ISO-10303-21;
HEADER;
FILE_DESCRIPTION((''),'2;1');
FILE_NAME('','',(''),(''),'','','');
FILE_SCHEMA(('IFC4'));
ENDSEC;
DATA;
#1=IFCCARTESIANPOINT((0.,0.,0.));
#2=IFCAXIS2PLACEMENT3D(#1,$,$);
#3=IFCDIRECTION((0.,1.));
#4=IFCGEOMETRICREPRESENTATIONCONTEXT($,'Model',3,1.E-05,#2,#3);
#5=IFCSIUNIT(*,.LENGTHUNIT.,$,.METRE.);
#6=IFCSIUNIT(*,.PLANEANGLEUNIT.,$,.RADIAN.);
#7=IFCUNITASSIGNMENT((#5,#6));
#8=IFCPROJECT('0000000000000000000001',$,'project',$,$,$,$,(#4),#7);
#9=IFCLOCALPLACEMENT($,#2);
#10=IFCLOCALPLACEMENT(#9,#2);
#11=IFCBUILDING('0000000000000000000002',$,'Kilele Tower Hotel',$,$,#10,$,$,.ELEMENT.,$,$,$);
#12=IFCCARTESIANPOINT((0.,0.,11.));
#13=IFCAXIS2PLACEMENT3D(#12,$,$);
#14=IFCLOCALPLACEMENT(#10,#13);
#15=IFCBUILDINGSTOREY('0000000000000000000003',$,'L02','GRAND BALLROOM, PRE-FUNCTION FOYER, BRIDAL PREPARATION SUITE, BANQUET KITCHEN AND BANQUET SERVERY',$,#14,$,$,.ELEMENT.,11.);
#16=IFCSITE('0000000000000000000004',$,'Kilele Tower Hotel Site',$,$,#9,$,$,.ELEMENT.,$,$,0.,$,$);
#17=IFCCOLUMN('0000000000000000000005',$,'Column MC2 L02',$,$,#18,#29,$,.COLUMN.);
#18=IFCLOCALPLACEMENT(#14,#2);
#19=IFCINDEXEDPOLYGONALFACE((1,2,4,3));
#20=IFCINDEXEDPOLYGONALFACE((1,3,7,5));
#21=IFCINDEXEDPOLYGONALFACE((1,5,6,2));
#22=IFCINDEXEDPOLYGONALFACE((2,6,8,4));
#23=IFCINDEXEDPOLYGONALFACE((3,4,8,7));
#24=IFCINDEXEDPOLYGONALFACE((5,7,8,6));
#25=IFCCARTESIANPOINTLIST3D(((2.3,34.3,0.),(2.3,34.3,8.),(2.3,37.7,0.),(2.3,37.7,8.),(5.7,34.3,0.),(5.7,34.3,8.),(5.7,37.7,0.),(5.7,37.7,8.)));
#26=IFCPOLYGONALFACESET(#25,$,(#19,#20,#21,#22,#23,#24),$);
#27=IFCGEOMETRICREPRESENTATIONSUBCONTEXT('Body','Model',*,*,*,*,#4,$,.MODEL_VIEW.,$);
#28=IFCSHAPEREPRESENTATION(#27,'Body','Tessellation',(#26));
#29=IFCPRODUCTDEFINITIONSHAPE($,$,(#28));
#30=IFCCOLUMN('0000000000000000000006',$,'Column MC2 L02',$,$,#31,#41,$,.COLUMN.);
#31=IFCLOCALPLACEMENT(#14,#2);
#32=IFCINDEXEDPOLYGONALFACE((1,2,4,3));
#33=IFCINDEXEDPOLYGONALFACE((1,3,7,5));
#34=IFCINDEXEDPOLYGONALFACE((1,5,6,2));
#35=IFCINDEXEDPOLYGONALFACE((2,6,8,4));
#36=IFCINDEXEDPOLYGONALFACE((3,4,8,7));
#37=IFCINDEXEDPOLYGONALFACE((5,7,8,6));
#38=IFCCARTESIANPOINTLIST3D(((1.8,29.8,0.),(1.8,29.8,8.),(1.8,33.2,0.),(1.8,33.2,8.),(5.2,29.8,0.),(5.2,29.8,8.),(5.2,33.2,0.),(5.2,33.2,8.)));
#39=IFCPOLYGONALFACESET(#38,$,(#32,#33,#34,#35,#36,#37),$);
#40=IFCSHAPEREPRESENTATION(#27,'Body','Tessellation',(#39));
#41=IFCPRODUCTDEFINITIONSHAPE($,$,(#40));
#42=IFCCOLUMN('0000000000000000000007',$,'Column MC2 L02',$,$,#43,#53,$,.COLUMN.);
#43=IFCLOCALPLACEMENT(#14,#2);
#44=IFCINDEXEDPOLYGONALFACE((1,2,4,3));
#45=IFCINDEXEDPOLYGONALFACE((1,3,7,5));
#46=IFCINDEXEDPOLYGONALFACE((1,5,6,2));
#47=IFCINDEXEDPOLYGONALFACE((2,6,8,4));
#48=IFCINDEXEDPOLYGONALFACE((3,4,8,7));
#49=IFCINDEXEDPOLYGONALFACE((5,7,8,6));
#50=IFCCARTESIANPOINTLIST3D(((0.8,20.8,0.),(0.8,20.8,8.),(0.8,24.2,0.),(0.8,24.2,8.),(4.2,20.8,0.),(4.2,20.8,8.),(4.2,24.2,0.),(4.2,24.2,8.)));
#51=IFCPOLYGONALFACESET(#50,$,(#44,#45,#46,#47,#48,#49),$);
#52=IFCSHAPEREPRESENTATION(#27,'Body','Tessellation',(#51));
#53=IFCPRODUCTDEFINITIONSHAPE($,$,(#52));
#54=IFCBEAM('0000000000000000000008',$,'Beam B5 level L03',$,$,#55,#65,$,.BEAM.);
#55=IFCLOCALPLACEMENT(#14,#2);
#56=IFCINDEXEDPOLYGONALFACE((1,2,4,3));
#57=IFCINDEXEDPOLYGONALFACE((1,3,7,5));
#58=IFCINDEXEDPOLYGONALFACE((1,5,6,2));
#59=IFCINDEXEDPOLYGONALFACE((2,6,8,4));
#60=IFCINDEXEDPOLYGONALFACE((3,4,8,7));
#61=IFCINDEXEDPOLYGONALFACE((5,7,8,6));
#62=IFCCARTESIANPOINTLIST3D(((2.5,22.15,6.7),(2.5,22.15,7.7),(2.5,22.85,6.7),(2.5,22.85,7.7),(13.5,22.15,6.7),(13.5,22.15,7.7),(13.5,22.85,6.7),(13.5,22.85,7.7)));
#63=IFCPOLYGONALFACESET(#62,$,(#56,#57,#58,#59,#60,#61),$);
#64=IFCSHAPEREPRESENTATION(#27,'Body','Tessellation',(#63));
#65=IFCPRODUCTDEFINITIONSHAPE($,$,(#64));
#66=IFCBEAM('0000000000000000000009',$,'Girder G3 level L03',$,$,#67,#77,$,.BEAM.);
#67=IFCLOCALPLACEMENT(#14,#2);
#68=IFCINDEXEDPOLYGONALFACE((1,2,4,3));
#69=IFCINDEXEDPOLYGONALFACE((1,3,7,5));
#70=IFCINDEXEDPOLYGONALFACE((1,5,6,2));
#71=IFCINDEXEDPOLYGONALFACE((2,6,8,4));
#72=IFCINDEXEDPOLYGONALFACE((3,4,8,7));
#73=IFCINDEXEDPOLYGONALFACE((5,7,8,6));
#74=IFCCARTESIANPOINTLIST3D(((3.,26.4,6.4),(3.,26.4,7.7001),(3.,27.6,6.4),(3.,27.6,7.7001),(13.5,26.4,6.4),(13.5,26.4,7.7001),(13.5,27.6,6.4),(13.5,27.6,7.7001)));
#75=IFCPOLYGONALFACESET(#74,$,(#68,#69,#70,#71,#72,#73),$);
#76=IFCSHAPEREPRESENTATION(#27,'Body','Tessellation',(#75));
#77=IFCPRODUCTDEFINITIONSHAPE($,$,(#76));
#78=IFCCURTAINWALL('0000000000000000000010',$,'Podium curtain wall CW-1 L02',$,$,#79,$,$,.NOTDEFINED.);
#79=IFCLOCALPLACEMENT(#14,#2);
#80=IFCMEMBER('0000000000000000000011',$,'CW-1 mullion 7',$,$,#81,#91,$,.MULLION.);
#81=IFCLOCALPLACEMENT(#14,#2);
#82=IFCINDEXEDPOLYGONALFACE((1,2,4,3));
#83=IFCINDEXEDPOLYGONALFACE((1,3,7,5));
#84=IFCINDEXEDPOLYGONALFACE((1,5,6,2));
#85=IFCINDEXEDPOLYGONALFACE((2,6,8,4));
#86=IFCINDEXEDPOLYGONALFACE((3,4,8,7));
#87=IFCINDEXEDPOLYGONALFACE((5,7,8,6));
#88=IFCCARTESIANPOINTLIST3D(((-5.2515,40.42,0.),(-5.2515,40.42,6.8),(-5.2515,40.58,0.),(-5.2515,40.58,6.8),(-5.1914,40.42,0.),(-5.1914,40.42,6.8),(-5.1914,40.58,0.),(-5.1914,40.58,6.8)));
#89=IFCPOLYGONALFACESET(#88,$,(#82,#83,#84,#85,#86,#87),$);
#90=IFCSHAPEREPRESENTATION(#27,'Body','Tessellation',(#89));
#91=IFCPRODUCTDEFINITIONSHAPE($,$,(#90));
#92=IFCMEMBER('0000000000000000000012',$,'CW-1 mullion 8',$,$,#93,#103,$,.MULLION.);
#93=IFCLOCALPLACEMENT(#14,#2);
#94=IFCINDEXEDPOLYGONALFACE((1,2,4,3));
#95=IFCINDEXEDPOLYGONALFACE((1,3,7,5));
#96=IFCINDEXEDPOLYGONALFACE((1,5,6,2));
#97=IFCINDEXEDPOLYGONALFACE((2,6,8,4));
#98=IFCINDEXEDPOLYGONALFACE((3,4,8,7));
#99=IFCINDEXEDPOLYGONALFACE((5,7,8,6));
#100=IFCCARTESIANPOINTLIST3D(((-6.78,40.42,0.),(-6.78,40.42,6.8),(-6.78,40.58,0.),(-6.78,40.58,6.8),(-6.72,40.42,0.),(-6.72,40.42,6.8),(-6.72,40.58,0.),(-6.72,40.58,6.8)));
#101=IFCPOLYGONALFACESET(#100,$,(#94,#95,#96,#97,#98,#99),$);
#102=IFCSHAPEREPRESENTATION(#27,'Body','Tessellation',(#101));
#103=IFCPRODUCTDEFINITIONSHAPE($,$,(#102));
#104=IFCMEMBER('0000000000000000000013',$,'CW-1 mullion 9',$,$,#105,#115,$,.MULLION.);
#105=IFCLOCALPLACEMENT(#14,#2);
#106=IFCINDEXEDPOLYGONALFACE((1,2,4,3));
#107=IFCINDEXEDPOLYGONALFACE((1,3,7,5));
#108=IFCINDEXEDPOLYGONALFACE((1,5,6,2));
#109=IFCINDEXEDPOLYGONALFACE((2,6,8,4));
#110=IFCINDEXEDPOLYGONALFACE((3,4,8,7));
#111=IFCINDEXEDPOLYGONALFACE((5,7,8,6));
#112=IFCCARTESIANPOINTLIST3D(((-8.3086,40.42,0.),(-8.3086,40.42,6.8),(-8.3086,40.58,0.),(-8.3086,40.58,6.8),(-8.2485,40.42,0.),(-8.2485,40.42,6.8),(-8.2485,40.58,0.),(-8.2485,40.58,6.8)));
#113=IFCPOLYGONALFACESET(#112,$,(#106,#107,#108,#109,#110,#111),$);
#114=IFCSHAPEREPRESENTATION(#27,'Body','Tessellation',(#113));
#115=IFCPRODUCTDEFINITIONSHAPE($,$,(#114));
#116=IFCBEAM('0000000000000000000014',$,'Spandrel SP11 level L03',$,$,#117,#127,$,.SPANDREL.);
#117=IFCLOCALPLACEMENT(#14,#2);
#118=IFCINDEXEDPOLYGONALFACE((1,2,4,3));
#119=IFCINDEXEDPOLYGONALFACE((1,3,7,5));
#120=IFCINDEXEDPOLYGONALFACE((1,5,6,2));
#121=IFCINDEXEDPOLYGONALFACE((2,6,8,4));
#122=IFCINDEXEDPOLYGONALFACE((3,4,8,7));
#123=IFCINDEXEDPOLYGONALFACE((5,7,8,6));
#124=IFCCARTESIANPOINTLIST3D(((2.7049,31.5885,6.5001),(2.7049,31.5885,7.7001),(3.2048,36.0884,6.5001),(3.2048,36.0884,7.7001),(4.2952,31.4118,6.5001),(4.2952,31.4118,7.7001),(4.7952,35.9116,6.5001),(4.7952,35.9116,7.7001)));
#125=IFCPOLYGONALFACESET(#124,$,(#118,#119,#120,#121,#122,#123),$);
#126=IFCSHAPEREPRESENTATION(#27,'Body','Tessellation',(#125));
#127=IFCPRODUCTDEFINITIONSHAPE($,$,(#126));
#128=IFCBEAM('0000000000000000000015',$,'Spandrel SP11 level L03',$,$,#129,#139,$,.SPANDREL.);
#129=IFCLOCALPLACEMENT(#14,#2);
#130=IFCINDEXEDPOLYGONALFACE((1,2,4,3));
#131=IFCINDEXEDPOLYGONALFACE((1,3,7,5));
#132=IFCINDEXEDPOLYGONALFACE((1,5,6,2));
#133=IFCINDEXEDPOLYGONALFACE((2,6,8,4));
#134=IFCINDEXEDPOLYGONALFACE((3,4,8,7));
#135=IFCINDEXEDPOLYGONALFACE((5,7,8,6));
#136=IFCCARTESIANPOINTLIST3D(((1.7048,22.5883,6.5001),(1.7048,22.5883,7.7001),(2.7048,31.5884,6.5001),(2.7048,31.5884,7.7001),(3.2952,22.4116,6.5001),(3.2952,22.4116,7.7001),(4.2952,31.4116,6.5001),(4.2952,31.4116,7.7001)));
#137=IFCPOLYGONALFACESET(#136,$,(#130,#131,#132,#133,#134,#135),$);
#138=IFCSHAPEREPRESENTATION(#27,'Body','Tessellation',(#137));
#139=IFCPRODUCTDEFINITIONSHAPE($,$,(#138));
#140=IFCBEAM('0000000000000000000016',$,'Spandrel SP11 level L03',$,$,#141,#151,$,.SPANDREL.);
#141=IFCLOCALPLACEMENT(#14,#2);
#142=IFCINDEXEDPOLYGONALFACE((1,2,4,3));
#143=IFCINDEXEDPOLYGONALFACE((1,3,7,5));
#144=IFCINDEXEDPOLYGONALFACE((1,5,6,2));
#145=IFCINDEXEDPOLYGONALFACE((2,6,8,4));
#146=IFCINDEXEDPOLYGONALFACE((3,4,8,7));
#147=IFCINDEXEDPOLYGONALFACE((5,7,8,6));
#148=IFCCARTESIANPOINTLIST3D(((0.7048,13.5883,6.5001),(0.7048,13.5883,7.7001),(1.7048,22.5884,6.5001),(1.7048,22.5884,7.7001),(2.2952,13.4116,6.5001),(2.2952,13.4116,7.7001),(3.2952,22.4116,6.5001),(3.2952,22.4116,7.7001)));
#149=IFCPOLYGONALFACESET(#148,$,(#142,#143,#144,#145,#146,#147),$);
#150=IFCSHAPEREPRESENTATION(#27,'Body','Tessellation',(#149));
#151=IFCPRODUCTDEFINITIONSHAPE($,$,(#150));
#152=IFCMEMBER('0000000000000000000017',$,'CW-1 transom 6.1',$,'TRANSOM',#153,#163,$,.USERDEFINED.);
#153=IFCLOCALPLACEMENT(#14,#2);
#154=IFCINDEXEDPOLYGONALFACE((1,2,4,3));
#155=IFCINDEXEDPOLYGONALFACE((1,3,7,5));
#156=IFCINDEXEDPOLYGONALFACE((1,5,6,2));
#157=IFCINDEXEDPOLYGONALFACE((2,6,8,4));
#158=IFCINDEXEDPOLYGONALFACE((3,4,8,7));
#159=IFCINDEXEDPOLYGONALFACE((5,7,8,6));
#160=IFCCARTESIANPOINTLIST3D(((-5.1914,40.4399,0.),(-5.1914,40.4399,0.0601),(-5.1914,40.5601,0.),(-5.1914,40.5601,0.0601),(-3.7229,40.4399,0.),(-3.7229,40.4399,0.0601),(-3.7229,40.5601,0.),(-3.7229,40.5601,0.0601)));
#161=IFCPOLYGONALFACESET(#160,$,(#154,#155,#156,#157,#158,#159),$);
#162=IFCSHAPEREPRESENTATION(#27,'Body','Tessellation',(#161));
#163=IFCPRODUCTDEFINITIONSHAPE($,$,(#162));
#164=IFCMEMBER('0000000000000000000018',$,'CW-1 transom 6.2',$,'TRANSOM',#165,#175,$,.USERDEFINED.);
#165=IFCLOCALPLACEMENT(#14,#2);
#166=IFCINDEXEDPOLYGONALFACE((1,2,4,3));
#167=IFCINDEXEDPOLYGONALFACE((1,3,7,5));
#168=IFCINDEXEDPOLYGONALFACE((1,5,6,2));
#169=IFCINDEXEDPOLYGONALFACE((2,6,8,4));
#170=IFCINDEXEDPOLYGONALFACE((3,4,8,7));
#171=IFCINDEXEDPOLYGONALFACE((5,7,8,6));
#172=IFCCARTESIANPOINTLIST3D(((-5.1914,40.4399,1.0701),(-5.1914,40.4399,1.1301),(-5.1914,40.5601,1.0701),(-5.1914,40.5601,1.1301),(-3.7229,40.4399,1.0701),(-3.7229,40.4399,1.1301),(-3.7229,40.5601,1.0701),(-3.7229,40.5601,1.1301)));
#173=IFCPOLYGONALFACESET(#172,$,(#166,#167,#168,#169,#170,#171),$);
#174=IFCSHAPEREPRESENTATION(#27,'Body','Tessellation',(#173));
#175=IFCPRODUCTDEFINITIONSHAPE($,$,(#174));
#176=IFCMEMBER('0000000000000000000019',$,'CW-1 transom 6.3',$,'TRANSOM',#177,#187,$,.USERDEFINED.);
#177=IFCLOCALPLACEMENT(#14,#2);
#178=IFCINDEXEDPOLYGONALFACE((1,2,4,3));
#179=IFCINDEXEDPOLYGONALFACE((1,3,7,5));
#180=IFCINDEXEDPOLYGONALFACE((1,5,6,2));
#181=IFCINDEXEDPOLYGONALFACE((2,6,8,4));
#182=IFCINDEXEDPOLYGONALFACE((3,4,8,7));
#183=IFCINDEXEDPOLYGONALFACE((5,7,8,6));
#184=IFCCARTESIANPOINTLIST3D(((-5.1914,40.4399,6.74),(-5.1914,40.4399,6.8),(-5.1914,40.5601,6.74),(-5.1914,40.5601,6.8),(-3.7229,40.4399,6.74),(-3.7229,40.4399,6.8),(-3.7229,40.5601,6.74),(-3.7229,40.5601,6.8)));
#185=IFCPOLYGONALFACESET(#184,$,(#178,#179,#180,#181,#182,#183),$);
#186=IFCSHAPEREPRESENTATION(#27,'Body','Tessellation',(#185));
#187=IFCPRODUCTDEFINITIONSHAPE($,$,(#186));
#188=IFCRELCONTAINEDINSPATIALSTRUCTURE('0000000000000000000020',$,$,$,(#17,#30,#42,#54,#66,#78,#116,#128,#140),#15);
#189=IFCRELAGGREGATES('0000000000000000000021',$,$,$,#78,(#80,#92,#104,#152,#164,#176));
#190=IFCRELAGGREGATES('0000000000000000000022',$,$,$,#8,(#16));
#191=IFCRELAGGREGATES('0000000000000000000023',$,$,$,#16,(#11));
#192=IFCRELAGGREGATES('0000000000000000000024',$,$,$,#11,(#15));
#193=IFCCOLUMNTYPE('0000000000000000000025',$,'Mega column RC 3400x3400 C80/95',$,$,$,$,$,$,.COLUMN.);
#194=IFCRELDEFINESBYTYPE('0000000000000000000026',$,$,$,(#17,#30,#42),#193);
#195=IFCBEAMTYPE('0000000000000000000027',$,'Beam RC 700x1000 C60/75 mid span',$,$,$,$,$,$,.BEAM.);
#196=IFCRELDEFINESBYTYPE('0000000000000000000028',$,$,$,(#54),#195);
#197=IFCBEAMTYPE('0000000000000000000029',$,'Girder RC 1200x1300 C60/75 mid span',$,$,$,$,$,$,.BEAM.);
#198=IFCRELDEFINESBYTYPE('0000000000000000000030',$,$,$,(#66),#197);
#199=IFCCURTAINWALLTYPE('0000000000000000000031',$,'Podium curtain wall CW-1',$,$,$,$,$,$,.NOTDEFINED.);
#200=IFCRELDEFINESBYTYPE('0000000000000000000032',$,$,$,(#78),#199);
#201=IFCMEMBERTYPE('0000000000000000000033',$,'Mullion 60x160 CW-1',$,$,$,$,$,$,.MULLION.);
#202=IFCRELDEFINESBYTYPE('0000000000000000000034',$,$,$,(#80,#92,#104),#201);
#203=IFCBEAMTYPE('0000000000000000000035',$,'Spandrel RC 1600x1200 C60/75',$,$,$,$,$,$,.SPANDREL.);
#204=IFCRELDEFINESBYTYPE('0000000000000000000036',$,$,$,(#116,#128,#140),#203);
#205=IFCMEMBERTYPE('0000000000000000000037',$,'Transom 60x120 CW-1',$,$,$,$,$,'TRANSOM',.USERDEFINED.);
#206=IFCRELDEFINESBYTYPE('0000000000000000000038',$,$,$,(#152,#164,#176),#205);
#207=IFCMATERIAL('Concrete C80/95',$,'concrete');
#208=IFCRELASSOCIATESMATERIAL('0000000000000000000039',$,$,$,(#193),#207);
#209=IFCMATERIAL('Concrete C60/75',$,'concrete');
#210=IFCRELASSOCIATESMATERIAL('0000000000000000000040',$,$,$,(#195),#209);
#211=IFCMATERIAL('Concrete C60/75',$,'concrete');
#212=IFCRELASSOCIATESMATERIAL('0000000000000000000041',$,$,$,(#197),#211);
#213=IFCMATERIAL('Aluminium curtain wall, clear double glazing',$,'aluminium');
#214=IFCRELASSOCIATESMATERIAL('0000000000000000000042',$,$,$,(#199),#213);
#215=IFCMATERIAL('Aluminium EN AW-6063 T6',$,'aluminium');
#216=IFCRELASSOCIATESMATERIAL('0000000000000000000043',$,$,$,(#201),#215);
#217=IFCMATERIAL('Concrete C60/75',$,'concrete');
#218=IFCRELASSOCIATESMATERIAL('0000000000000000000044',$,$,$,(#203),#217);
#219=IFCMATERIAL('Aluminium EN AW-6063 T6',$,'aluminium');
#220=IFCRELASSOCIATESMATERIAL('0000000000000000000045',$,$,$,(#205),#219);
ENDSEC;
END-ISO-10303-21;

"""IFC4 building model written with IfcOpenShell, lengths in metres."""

from ifc_helpers import new_model, si_unit, direction, frame, origin, origin_2d, place, context, subcontext, project, spatial, rectangle, extrude, material, material_profile, profile_set, type_object, element, aggregate, save


model = new_model("IFC4")

# Units and contexts
model_context = context("Model", 3, precision=1e-05, world=origin(), true_north=direction((0.0, 1.0)))
body_context = subcontext(model_context, "Body", "Model", "MODEL_VIEW")
ifc_project = project(units=[si_unit("LENGTHUNIT", "METRE"), si_unit("PLANEANGLEUNIT", "RADIAN")], contexts=[model_context])

# Site, building, storey
site_placement = place(None, origin())
site = spatial("IfcSite", under=ifc_project, at=site_placement, Name="Kilele Tower Hotel Site", CompositionType="ELEMENT", RefElevation=0.0)
building_placement = place(site_placement, origin())
building = spatial("IfcBuilding", under=site, at=building_placement, Name="Kilele Tower Hotel", CompositionType="ELEMENT")
storey_placement = place(building_placement, frame((0.0, 0.0, 11.0)))
storey = spatial("IfcBuildingStorey", under=building, at=storey_placement, Name="L02", Description="GRAND BALLROOM, PRE-FUNCTION FOYER, BRIDAL PREPARATION SUITE, BANQUET KITCHEN AND BANQUET SERVERY", CompositionType="ELEMENT", Elevation=11.0)

# Columns
ifc_material_1 = material(Name="Concrete C80/95", Category="concrete")
ifc_material_profile_1 = material_profile(ifc_material_1, rectangle(XDim=3.3999, YDim=3.3999, at=origin_2d()))
ifc_profile_set_1 = profile_set([ifc_material_profile_1], Name="Concrete C80/95")
column_type = type_object("IfcColumnType", Name="Mega column RC 3400x3400 C80/95", PredefinedType="COLUMN", material=ifc_profile_set_1)
for number, where, z_axis, x_axis, name in (
    (1, (4.0, 36.0, 0.0), (0.0, 0.0, 1.0), (1.0, 0.0, 0.0), "Column MC2 L02"),
    (2, (3.5, 31.5, 0.0), (0.0, 0.0, 1.0), (1.0, 0.0, 0.0), "Column MC2 L02"),
    (3, (2.5, 22.5, 0.0), (0.0, 0.0, 1.0), (1.0, 0.0, 0.0), "Column MC2 L02"),
):
    element("IfcColumn", number, at=place(storey_placement, frame(where, z_axis=z_axis, x_axis=x_axis)), inside=storey, type_object=column_type, Name=name, PredefinedType="COLUMN", context=body_context, shape_type="SweptSolid", body=[
        extrude(rectangle(XDim=3.3999, YDim=3.3999, at=origin_2d()), origin(), (0.0, 0.0, 1.0), 8.0),
    ])

# Beams
ifc_material_2 = material(Name="Concrete C60/75", Category="concrete")
ifc_material_profile_2 = material_profile(ifc_material_2, rectangle(XDim=0.7, YDim=1.0, at=origin_2d()))
ifc_profile_set_2 = profile_set([ifc_material_profile_2], Name="Concrete C60/75")
beam_type_1 = type_object("IfcBeamType", Name="Beam RC 700x1000 C60/75 mid span", PredefinedType="BEAM", material=ifc_profile_set_2)
beam_1_placement = place(storey_placement, frame((2.5, 22.5, 7.2), z_axis=(1.0, 0.0, 0.0), x_axis=(0.0, 1.0, 0.0)))
element("IfcBeam", 4, at=beam_1_placement, inside=storey, type_object=beam_type_1, Name="Beam B5 level L03", PredefinedType="BEAM", context=body_context, shape_type="SweptSolid", body=[
    extrude(rectangle(XDim=0.7, YDim=1.0, at=origin_2d()), origin(), (0.0, 0.0, 1.0), 11.0),
])
ifc_material_3 = material(Name="Concrete C60/75", Category="concrete")
ifc_material_profile_3 = material_profile(ifc_material_3, rectangle(XDim=1.2, YDim=1.3, at=origin_2d()))
ifc_profile_set_3 = profile_set([ifc_material_profile_3], Name="Concrete C60/75")
beam_type_2 = type_object("IfcBeamType", Name="Girder RC 1200x1300 C60/75 mid span", PredefinedType="BEAM", material=ifc_profile_set_3)
beam_2_placement = place(storey_placement, frame((3.0, 27.0, 7.05), z_axis=(1.0, 0.0, 0.0), x_axis=(0.0, 1.0, 0.0)))
element("IfcBeam", 5, at=beam_2_placement, inside=storey, type_object=beam_type_2, Name="Girder G3 level L03", PredefinedType="BEAM", context=body_context, shape_type="SweptSolid", body=[
    extrude(rectangle(XDim=1.2, YDim=1.3, at=origin_2d()), origin(), (0.0, 0.0, 1.0), 10.5),
])

# Curtain wall, members
ifc_material_4 = material(Name="Aluminium curtain wall, clear double glazing", Category="aluminium")
curtain_wall_type = type_object("IfcCurtainWallType", Name="Podium curtain wall CW-1", PredefinedType="NOTDEFINED", material=ifc_material_4)
curtain_wall_placement = place(storey_placement, origin())
curtain_wall = element("IfcCurtainWall", 6, at=curtain_wall_placement, inside=storey, type_object=curtain_wall_type, Name="Podium curtain wall CW-1 L02", PredefinedType="NOTDEFINED")
ifc_material_5 = material(Name="Aluminium EN AW-6063 T6", Category="aluminium")
ifc_material_profile_4 = material_profile(ifc_material_5, rectangle(XDim=0.1599, YDim=0.0601, at=origin_2d()))
ifc_profile_set_4 = profile_set([ifc_material_profile_4], Name="Aluminium EN AW-6063 T6")
member_type_1 = type_object("IfcMemberType", Name="Mullion 60x160 CW-1", PredefinedType="MULLION", material=ifc_profile_set_4)
member_1_placement = place(storey_placement, frame((-5.2214, 40.5, 0.0), z_axis=(0.0, 0.0, 1.0), x_axis=(0.0, -1.0, 0.0)))
member_1 = element("IfcMember", 7, at=member_1_placement, type_object=member_type_1, Name="CW-1 mullion 7", PredefinedType="MULLION", context=body_context, shape_type="SweptSolid", body=[
    extrude(rectangle(XDim=0.1599, YDim=0.0601, at=origin_2d()), origin(), (0.0, 0.0, 1.0), 6.8),
])
member_2_placement = place(storey_placement, frame((-6.75, 40.5, 0.0), z_axis=(0.0, 0.0, 1.0), x_axis=(0.0, -1.0, 0.0)))
member_2 = element("IfcMember", 8, at=member_2_placement, type_object=member_type_1, Name="CW-1 mullion 8", PredefinedType="MULLION", context=body_context, shape_type="SweptSolid", body=[
    extrude(rectangle(XDim=0.1599, YDim=0.0601, at=origin_2d()), origin(), (0.0, 0.0, 1.0), 6.8),
])
member_3_placement = place(storey_placement, frame((-8.2786, 40.5, 0.0), z_axis=(0.0, 0.0, 1.0), x_axis=(0.0, -1.0, 0.0)))
member_3 = element("IfcMember", 9, at=member_3_placement, type_object=member_type_1, Name="CW-1 mullion 9", PredefinedType="MULLION", context=body_context, shape_type="SweptSolid", body=[
    extrude(rectangle(XDim=0.1599, YDim=0.0601, at=origin_2d()), origin(), (0.0, 0.0, 1.0), 6.8),
])

# Beams
ifc_material_6 = material(Name="Concrete C60/75", Category="concrete")
ifc_material_profile_5 = material_profile(ifc_material_6, rectangle(XDim=1.6001, YDim=1.2, at=origin_2d()))
ifc_profile_set_5 = profile_set([ifc_material_profile_5], Name="Concrete C60/75")
beam_type_3 = type_object("IfcBeamType", Name="Spandrel RC 1600x1200 C60/75", PredefinedType="SPANDREL", material=ifc_profile_set_5)
beam_3_placement = place(storey_placement, frame((4.0, 36.0, 7.1001), z_axis=(-0.110432, -0.993884, 0.0), x_axis=(0.993884, -0.110432, 0.0)))
element("IfcBeam", 10, at=beam_3_placement, inside=storey, type_object=beam_type_3, Name="Spandrel SP11 level L03", PredefinedType="SPANDREL", context=body_context, shape_type="SweptSolid", body=[
    extrude(rectangle(XDim=1.6001, YDim=1.2, at=origin_2d()), origin(), (0.0, 0.0, 1.0), 4.5276),
])
for number, where, z_axis, x_axis, name in (
    (11, (3.5, 31.5, 7.1001), (-0.110432, -0.993884, 0.0), (0.993884, -0.110432, 0.0), "Spandrel SP11 level L03"),
    (12, (2.5, 22.5, 7.1001), (-0.110432, -0.993884, 0.0), (0.993884, -0.110432, 0.0), "Spandrel SP11 level L03"),
):
    element("IfcBeam", number, at=place(storey_placement, frame(where, z_axis=z_axis, x_axis=x_axis)), inside=storey, type_object=beam_type_3, Name=name, PredefinedType="SPANDREL", context=body_context, shape_type="SweptSolid", body=[
        extrude(rectangle(XDim=1.6001, YDim=1.2, at=origin_2d()), origin(), (0.0, 0.0, 1.0), 9.0554),
    ])

# Members
ifc_material_7 = material(Name="Aluminium EN AW-6063 T6", Category="aluminium")
ifc_material_profile_6 = material_profile(ifc_material_7, rectangle(XDim=0.1201, YDim=0.0601, at=origin_2d()))
ifc_profile_set_6 = profile_set([ifc_material_profile_6], Name="Aluminium EN AW-6063 T6")
member_type_2 = type_object("IfcMemberType", Name="Transom 60x120 CW-1", ElementType="TRANSOM", PredefinedType="USERDEFINED", material=ifc_profile_set_6)
member_4_placement = place(storey_placement, frame((-3.7229, 40.5, 0.03), z_axis=(-1.0, 0.0, 0.0), x_axis=(0.0, -1.0, 0.0)))
member_4 = element("IfcMember", 13, at=member_4_placement, type_object=member_type_2, Name="CW-1 transom 6.1", ObjectType="TRANSOM", PredefinedType="USERDEFINED", context=body_context, shape_type="SweptSolid", body=[
    extrude(rectangle(XDim=0.1201, YDim=0.0601, at=origin_2d()), origin(), (0.0, 0.0, 1.0), 1.4685),
])
member_5_placement = place(storey_placement, frame((-3.7229, 40.5, 1.1001), z_axis=(-1.0, 0.0, 0.0), x_axis=(0.0, -1.0, 0.0)))
member_5 = element("IfcMember", 14, at=member_5_placement, type_object=member_type_2, Name="CW-1 transom 6.2", ObjectType="TRANSOM", PredefinedType="USERDEFINED", context=body_context, shape_type="SweptSolid", body=[
    extrude(rectangle(XDim=0.1201, YDim=0.0601, at=origin_2d()), origin(), (0.0, 0.0, 1.0), 1.4685),
])
member_6_placement = place(storey_placement, frame((-3.7229, 40.5, 6.77), z_axis=(-1.0, 0.0, 0.0), x_axis=(0.0, -1.0, 0.0)))
member_6 = element("IfcMember", 15, at=member_6_placement, type_object=member_type_2, Name="CW-1 transom 6.3", ObjectType="TRANSOM", PredefinedType="USERDEFINED", context=body_context, shape_type="SweptSolid", body=[
    extrude(rectangle(XDim=0.1201, YDim=0.0601, at=origin_2d()), origin(), (0.0, 0.0, 1.0), 1.4685),
])

aggregate(curtain_wall, [member_1, member_2, member_3, member_4, member_5, member_6])

save(model, "model.ifc")
